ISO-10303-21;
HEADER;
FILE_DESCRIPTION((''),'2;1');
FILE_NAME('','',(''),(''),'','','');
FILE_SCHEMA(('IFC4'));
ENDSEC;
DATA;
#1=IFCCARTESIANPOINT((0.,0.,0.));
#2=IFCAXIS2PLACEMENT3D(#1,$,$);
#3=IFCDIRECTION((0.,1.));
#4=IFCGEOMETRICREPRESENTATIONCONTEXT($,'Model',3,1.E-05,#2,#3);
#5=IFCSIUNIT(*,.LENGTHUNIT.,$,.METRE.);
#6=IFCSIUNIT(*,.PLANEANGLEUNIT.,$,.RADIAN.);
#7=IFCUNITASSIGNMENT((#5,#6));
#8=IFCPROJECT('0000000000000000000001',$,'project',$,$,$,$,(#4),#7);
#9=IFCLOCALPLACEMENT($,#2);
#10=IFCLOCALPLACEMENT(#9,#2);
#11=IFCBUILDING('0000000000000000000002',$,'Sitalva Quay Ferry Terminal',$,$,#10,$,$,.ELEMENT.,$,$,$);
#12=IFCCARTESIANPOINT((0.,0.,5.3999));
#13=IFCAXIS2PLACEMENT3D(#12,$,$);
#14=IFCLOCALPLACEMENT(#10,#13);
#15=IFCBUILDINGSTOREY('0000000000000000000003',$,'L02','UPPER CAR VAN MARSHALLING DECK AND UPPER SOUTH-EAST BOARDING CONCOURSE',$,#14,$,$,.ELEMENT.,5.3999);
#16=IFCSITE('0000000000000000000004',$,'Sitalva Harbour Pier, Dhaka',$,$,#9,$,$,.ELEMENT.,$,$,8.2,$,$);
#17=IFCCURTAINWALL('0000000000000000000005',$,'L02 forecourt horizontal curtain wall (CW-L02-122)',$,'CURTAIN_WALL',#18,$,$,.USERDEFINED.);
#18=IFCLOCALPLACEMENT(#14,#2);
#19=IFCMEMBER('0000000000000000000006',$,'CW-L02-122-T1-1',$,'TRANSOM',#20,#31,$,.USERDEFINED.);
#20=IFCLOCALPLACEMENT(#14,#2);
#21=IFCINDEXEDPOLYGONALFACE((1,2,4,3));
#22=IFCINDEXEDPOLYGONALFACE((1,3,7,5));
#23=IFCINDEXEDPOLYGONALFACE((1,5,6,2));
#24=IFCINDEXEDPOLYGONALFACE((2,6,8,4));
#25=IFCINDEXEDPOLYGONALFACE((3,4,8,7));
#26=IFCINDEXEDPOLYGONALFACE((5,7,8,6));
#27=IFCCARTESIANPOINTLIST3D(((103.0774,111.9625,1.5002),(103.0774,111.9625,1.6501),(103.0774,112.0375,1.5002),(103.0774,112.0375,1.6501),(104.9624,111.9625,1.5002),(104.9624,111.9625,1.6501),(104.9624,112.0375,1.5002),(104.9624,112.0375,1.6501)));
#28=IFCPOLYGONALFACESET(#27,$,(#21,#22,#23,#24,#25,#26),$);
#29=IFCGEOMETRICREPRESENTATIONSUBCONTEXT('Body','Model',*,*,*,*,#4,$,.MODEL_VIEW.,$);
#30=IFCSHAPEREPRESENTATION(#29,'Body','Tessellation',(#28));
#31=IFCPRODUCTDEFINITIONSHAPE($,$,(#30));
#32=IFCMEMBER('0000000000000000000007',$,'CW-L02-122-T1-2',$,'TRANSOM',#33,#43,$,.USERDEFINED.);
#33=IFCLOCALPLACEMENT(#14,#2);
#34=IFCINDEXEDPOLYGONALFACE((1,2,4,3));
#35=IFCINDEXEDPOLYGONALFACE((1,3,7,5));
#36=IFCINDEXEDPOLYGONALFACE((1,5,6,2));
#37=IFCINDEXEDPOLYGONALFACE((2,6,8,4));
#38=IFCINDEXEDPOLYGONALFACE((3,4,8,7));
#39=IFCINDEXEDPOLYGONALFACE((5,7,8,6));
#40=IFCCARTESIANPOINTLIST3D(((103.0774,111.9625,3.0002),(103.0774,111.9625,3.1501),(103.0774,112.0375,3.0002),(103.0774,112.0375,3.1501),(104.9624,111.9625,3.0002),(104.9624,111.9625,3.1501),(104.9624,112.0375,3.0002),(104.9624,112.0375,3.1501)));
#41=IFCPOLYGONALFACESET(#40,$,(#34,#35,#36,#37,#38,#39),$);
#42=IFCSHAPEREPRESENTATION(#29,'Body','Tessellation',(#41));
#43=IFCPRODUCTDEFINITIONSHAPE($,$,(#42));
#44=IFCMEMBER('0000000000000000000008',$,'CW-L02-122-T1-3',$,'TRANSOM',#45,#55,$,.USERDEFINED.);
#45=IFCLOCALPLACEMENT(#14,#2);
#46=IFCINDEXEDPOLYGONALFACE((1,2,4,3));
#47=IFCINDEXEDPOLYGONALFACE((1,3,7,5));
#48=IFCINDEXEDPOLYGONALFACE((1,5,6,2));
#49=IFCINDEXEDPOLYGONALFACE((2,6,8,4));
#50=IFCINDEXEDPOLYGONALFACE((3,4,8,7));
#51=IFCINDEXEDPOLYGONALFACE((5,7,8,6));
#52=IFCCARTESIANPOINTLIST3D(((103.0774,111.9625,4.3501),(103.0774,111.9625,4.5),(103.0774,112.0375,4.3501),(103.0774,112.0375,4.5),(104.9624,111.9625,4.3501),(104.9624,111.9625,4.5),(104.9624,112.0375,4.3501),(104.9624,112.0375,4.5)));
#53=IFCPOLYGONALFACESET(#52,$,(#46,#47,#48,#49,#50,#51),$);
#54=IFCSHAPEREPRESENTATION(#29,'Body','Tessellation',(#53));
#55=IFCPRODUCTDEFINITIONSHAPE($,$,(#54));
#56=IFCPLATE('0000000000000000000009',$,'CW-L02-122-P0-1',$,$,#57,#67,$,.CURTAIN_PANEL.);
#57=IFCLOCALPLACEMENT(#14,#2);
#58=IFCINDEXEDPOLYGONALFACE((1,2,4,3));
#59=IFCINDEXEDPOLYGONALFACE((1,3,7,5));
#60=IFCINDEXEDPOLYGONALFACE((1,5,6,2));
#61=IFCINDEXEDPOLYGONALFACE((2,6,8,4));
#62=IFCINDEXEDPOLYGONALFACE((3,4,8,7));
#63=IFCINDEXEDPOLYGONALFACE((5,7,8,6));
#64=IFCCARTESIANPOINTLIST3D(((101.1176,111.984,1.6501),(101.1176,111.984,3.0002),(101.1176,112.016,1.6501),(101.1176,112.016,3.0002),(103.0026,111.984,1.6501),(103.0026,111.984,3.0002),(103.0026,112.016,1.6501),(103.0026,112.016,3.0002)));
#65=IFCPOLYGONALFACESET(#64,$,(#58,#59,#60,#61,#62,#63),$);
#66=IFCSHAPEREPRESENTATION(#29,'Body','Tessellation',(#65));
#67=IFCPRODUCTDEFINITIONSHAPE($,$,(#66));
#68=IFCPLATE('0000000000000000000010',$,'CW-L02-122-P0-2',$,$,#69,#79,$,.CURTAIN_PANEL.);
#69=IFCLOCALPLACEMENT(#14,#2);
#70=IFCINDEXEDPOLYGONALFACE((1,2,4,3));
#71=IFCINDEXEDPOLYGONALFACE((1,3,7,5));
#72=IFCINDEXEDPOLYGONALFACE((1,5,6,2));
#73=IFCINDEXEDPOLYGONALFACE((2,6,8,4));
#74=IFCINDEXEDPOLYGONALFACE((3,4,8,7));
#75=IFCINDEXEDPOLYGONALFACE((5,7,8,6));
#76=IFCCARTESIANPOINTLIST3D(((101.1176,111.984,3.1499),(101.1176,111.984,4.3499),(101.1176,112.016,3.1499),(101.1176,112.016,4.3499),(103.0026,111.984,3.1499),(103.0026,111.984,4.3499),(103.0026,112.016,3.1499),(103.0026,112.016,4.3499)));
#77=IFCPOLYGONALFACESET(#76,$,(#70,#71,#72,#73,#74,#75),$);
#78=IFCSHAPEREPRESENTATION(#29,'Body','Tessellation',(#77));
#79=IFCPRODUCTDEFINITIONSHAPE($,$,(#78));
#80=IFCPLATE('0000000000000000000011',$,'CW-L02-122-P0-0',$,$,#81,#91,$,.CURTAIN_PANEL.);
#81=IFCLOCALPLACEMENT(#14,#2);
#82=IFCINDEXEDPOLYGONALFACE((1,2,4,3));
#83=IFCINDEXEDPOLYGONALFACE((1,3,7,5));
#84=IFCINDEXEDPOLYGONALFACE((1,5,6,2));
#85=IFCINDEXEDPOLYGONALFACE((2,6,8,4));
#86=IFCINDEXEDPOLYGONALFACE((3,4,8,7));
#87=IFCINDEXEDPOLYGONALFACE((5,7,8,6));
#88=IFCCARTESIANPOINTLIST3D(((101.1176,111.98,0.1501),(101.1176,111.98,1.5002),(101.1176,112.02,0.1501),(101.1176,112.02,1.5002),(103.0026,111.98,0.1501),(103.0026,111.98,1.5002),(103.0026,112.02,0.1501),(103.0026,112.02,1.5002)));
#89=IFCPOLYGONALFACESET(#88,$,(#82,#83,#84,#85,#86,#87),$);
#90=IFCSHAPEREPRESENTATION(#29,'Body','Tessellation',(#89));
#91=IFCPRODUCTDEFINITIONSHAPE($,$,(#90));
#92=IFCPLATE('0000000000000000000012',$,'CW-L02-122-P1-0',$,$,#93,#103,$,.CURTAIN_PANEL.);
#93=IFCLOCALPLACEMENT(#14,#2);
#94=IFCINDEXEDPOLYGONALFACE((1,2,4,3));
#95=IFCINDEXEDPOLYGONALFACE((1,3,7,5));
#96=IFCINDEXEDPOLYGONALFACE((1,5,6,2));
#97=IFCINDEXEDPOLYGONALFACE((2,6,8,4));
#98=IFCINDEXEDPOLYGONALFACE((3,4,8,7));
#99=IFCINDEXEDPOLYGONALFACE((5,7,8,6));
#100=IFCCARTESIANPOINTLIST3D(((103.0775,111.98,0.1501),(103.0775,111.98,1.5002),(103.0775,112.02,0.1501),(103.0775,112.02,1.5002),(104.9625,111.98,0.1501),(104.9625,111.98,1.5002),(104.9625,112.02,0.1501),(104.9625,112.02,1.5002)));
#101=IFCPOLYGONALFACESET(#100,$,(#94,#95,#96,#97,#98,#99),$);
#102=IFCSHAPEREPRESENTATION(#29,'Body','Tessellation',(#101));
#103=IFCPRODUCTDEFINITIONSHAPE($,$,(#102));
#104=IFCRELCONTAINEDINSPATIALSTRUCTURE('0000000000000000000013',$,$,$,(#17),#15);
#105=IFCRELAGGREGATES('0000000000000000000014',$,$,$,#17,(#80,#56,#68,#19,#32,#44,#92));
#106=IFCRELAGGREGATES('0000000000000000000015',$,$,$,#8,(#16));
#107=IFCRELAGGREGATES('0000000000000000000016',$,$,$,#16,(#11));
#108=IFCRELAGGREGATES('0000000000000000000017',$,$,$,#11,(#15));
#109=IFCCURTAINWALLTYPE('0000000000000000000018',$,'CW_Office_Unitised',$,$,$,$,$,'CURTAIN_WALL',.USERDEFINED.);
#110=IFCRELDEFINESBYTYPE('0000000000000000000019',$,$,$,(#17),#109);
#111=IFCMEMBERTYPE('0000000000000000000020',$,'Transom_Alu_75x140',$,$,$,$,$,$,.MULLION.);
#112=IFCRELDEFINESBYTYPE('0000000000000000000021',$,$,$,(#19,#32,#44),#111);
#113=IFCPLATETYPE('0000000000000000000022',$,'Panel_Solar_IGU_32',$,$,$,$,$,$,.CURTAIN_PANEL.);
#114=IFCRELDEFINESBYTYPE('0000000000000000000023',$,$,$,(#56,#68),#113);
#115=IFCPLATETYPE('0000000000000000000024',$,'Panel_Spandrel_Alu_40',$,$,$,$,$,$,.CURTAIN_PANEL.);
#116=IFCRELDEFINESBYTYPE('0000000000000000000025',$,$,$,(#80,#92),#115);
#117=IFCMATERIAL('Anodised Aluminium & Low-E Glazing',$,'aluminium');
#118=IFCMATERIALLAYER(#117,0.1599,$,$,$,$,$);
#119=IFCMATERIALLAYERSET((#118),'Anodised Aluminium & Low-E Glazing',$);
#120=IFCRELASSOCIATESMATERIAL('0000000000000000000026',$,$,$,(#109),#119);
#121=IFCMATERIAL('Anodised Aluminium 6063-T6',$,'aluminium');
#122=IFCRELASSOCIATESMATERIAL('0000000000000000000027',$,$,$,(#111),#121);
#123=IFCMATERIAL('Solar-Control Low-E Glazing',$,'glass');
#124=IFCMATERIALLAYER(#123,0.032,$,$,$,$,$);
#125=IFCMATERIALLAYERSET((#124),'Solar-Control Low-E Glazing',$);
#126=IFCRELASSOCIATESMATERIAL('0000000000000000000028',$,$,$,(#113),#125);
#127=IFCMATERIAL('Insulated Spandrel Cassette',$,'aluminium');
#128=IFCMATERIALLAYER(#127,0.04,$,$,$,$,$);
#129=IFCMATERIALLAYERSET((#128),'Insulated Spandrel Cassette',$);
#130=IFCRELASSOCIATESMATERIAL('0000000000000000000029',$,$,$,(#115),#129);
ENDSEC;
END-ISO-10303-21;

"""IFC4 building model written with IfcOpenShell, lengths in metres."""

from ifc_helpers import new_model, si_unit, direction, frame, origin, origin_2d, place, context, subcontext, project, spatial, rectangle, extrude, material, layer, layer_set, material_profile, profile_set, type_object, element, aggregate, save


model = new_model("IFC4")

# Units and contexts
model_context = context("Model", 3, precision=1e-05, world=origin(), true_north=direction((0.0, 1.0)))
body_context = subcontext(model_context, "Body", "Model", "MODEL_VIEW")
ifc_project = project(units=[si_unit("LENGTHUNIT", "METRE"), si_unit("PLANEANGLEUNIT", "RADIAN")], contexts=[model_context])

# Site, building, storey
site_placement = place(None, origin())
site = spatial("IfcSite", under=ifc_project, at=site_placement, Name="Sitalva Harbour Pier, Dhaka", CompositionType="ELEMENT", RefElevation=8.2)
building_placement = place(site_placement, origin())
building = spatial("IfcBuilding", under=site, at=building_placement, Name="Sitalva Quay Ferry Terminal", CompositionType="ELEMENT")
storey_placement = place(building_placement, frame((0.0, 0.0, 5.3999)))
storey = spatial("IfcBuildingStorey", under=building, at=storey_placement, Name="L02", Description="UPPER CAR VAN MARSHALLING DECK AND UPPER SOUTH-EAST BOARDING CONCOURSE", CompositionType="ELEMENT", Elevation=5.3999)

# Curtain wall, members, plates
ifc_material_1 = material(Name="Anodised Aluminium & Low-E Glazing", Category="aluminium")
ifc_layer_1 = layer(ifc_material_1, 0.1599)
ifc_layer_set_1 = layer_set([ifc_layer_1], Name="Anodised Aluminium & Low-E Glazing")
curtain_wall_type = type_object("IfcCurtainWallType", Name="CW_Office_Unitised", ElementType="CURTAIN_WALL", PredefinedType="USERDEFINED", material=ifc_layer_set_1)
curtain_wall_placement = place(storey_placement, origin())
curtain_wall = element("IfcCurtainWall", 1, at=curtain_wall_placement, inside=storey, type_object=curtain_wall_type, Name="L02 forecourt horizontal curtain wall (CW-L02-122)", ObjectType="CURTAIN_WALL", PredefinedType="USERDEFINED")
ifc_material_2 = material(Name="Anodised Aluminium 6063-T6", Category="aluminium")
ifc_material_profile_1 = material_profile(ifc_material_2, rectangle(XDim=0.075, YDim=0.1499, at=origin_2d()), Name="ALU75x150")
ifc_profile_set_1 = profile_set([ifc_material_profile_1], Name="Anodised Aluminium 6063-T6")
member_type_1 = type_object("IfcMemberType", Name="Transom_Alu_75x140", PredefinedType="MULLION", material=ifc_profile_set_1)
member_1_placement = place(storey_placement, frame((103.0774, 112.0, 1.5752), z_axis=(1.0, 0.0, 0.0), x_axis=(0.0, 1.0, 0.0)))
member_1 = element("IfcMember", 2, at=member_1_placement, type_object=member_type_1, Name="CW-L02-122-T1-1", ObjectType="TRANSOM", PredefinedType="USERDEFINED", context=body_context, shape_type="SweptSolid", body=[
    extrude(rectangle(XDim=0.075, YDim=0.1499, at=origin_2d()), origin(), (0.0, 0.0, 1.0), 1.885),
])
member_2_placement = place(storey_placement, frame((103.0774, 112.0, 3.0752), z_axis=(1.0, 0.0, 0.0), x_axis=(0.0, 1.0, 0.0)))
member_2 = element("IfcMember", 3, at=member_2_placement, type_object=member_type_1, Name="CW-L02-122-T1-2", ObjectType="TRANSOM", PredefinedType="USERDEFINED", context=body_context, shape_type="SweptSolid", body=[
    extrude(rectangle(XDim=0.075, YDim=0.1499, at=origin_2d()), origin(), (0.0, 0.0, 1.0), 1.885),
])
member_3_placement = place(storey_placement, frame((103.0774, 112.0, 4.425), z_axis=(1.0, 0.0, 0.0), x_axis=(0.0, 1.0, 0.0)))
member_3 = element("IfcMember", 4, at=member_3_placement, type_object=member_type_1, Name="CW-L02-122-T1-3", ObjectType="TRANSOM", PredefinedType="USERDEFINED", context=body_context, shape_type="SweptSolid", body=[
    extrude(rectangle(XDim=0.075, YDim=0.1499, at=origin_2d()), origin(), (0.0, 0.0, 1.0), 1.885),
])
ifc_material_3 = material(Name="Solar-Control Low-E Glazing", Category="glass")
ifc_layer_2 = layer(ifc_material_3, 0.032)
ifc_layer_set_2 = layer_set([ifc_layer_2], Name="Solar-Control Low-E Glazing")
plate_type_1 = type_object("IfcPlateType", Name="Panel_Solar_IGU_32", PredefinedType="CURTAIN_PANEL", material=ifc_layer_set_2)
plate_1_placement = place(storey_placement, frame((102.0601, 112.0, 1.6501), z_axis=(0.0, 0.0, 1.0), x_axis=(1.0, 0.0, 0.0)))
plate_1 = element("IfcPlate", 5, at=plate_1_placement, type_object=plate_type_1, Name="CW-L02-122-P0-1", PredefinedType="CURTAIN_PANEL", context=body_context, shape_type="SweptSolid", body=[
    extrude(rectangle(XDim=1.885, YDim=0.032, at=origin_2d()), origin(), (0.0, 0.0, 1.0), 1.3501),
])
plate_2_placement = place(storey_placement, frame((102.0601, 112.0, 3.1499), z_axis=(0.0, 0.0, 1.0), x_axis=(1.0, 0.0, 0.0)))
plate_2 = element("IfcPlate", 6, at=plate_2_placement, type_object=plate_type_1, Name="CW-L02-122-P0-2", PredefinedType="CURTAIN_PANEL", context=body_context, shape_type="SweptSolid", body=[
    extrude(rectangle(XDim=1.885, YDim=0.032, at=origin_2d()), origin(), (0.0, 0.0, 1.0), 1.2),
])
ifc_material_4 = material(Name="Insulated Spandrel Cassette", Category="aluminium")
ifc_layer_3 = layer(ifc_material_4, 0.04)
ifc_layer_set_3 = layer_set([ifc_layer_3], Name="Insulated Spandrel Cassette")
plate_type_2 = type_object("IfcPlateType", Name="Panel_Spandrel_Alu_40", PredefinedType="CURTAIN_PANEL", material=ifc_layer_set_3)
plate_3_placement = place(storey_placement, frame((102.0601, 112.0, 0.1501), z_axis=(0.0, 0.0, 1.0), x_axis=(1.0, 0.0, 0.0)))
plate_3 = element("IfcPlate", 7, at=plate_3_placement, type_object=plate_type_2, Name="CW-L02-122-P0-0", PredefinedType="CURTAIN_PANEL", context=body_context, shape_type="SweptSolid", body=[
    extrude(rectangle(XDim=1.885, YDim=0.04, at=origin_2d()), origin(), (0.0, 0.0, 1.0), 1.3501),
])
plate_4_placement = place(storey_placement, frame((104.02, 112.0, 0.1501), z_axis=(0.0, 0.0, 1.0), x_axis=(1.0, 0.0, 0.0)))
plate_4 = element("IfcPlate", 8, at=plate_4_placement, type_object=plate_type_2, Name="CW-L02-122-P1-0", PredefinedType="CURTAIN_PANEL", context=body_context, shape_type="SweptSolid", body=[
    extrude(rectangle(XDim=1.885, YDim=0.04, at=origin_2d()), origin(), (0.0, 0.0, 1.0), 1.3501),
])
aggregate(curtain_wall, [plate_3, plate_1, plate_2, member_1, member_2, member_3, plate_4])

save(model, "model.ifc")
